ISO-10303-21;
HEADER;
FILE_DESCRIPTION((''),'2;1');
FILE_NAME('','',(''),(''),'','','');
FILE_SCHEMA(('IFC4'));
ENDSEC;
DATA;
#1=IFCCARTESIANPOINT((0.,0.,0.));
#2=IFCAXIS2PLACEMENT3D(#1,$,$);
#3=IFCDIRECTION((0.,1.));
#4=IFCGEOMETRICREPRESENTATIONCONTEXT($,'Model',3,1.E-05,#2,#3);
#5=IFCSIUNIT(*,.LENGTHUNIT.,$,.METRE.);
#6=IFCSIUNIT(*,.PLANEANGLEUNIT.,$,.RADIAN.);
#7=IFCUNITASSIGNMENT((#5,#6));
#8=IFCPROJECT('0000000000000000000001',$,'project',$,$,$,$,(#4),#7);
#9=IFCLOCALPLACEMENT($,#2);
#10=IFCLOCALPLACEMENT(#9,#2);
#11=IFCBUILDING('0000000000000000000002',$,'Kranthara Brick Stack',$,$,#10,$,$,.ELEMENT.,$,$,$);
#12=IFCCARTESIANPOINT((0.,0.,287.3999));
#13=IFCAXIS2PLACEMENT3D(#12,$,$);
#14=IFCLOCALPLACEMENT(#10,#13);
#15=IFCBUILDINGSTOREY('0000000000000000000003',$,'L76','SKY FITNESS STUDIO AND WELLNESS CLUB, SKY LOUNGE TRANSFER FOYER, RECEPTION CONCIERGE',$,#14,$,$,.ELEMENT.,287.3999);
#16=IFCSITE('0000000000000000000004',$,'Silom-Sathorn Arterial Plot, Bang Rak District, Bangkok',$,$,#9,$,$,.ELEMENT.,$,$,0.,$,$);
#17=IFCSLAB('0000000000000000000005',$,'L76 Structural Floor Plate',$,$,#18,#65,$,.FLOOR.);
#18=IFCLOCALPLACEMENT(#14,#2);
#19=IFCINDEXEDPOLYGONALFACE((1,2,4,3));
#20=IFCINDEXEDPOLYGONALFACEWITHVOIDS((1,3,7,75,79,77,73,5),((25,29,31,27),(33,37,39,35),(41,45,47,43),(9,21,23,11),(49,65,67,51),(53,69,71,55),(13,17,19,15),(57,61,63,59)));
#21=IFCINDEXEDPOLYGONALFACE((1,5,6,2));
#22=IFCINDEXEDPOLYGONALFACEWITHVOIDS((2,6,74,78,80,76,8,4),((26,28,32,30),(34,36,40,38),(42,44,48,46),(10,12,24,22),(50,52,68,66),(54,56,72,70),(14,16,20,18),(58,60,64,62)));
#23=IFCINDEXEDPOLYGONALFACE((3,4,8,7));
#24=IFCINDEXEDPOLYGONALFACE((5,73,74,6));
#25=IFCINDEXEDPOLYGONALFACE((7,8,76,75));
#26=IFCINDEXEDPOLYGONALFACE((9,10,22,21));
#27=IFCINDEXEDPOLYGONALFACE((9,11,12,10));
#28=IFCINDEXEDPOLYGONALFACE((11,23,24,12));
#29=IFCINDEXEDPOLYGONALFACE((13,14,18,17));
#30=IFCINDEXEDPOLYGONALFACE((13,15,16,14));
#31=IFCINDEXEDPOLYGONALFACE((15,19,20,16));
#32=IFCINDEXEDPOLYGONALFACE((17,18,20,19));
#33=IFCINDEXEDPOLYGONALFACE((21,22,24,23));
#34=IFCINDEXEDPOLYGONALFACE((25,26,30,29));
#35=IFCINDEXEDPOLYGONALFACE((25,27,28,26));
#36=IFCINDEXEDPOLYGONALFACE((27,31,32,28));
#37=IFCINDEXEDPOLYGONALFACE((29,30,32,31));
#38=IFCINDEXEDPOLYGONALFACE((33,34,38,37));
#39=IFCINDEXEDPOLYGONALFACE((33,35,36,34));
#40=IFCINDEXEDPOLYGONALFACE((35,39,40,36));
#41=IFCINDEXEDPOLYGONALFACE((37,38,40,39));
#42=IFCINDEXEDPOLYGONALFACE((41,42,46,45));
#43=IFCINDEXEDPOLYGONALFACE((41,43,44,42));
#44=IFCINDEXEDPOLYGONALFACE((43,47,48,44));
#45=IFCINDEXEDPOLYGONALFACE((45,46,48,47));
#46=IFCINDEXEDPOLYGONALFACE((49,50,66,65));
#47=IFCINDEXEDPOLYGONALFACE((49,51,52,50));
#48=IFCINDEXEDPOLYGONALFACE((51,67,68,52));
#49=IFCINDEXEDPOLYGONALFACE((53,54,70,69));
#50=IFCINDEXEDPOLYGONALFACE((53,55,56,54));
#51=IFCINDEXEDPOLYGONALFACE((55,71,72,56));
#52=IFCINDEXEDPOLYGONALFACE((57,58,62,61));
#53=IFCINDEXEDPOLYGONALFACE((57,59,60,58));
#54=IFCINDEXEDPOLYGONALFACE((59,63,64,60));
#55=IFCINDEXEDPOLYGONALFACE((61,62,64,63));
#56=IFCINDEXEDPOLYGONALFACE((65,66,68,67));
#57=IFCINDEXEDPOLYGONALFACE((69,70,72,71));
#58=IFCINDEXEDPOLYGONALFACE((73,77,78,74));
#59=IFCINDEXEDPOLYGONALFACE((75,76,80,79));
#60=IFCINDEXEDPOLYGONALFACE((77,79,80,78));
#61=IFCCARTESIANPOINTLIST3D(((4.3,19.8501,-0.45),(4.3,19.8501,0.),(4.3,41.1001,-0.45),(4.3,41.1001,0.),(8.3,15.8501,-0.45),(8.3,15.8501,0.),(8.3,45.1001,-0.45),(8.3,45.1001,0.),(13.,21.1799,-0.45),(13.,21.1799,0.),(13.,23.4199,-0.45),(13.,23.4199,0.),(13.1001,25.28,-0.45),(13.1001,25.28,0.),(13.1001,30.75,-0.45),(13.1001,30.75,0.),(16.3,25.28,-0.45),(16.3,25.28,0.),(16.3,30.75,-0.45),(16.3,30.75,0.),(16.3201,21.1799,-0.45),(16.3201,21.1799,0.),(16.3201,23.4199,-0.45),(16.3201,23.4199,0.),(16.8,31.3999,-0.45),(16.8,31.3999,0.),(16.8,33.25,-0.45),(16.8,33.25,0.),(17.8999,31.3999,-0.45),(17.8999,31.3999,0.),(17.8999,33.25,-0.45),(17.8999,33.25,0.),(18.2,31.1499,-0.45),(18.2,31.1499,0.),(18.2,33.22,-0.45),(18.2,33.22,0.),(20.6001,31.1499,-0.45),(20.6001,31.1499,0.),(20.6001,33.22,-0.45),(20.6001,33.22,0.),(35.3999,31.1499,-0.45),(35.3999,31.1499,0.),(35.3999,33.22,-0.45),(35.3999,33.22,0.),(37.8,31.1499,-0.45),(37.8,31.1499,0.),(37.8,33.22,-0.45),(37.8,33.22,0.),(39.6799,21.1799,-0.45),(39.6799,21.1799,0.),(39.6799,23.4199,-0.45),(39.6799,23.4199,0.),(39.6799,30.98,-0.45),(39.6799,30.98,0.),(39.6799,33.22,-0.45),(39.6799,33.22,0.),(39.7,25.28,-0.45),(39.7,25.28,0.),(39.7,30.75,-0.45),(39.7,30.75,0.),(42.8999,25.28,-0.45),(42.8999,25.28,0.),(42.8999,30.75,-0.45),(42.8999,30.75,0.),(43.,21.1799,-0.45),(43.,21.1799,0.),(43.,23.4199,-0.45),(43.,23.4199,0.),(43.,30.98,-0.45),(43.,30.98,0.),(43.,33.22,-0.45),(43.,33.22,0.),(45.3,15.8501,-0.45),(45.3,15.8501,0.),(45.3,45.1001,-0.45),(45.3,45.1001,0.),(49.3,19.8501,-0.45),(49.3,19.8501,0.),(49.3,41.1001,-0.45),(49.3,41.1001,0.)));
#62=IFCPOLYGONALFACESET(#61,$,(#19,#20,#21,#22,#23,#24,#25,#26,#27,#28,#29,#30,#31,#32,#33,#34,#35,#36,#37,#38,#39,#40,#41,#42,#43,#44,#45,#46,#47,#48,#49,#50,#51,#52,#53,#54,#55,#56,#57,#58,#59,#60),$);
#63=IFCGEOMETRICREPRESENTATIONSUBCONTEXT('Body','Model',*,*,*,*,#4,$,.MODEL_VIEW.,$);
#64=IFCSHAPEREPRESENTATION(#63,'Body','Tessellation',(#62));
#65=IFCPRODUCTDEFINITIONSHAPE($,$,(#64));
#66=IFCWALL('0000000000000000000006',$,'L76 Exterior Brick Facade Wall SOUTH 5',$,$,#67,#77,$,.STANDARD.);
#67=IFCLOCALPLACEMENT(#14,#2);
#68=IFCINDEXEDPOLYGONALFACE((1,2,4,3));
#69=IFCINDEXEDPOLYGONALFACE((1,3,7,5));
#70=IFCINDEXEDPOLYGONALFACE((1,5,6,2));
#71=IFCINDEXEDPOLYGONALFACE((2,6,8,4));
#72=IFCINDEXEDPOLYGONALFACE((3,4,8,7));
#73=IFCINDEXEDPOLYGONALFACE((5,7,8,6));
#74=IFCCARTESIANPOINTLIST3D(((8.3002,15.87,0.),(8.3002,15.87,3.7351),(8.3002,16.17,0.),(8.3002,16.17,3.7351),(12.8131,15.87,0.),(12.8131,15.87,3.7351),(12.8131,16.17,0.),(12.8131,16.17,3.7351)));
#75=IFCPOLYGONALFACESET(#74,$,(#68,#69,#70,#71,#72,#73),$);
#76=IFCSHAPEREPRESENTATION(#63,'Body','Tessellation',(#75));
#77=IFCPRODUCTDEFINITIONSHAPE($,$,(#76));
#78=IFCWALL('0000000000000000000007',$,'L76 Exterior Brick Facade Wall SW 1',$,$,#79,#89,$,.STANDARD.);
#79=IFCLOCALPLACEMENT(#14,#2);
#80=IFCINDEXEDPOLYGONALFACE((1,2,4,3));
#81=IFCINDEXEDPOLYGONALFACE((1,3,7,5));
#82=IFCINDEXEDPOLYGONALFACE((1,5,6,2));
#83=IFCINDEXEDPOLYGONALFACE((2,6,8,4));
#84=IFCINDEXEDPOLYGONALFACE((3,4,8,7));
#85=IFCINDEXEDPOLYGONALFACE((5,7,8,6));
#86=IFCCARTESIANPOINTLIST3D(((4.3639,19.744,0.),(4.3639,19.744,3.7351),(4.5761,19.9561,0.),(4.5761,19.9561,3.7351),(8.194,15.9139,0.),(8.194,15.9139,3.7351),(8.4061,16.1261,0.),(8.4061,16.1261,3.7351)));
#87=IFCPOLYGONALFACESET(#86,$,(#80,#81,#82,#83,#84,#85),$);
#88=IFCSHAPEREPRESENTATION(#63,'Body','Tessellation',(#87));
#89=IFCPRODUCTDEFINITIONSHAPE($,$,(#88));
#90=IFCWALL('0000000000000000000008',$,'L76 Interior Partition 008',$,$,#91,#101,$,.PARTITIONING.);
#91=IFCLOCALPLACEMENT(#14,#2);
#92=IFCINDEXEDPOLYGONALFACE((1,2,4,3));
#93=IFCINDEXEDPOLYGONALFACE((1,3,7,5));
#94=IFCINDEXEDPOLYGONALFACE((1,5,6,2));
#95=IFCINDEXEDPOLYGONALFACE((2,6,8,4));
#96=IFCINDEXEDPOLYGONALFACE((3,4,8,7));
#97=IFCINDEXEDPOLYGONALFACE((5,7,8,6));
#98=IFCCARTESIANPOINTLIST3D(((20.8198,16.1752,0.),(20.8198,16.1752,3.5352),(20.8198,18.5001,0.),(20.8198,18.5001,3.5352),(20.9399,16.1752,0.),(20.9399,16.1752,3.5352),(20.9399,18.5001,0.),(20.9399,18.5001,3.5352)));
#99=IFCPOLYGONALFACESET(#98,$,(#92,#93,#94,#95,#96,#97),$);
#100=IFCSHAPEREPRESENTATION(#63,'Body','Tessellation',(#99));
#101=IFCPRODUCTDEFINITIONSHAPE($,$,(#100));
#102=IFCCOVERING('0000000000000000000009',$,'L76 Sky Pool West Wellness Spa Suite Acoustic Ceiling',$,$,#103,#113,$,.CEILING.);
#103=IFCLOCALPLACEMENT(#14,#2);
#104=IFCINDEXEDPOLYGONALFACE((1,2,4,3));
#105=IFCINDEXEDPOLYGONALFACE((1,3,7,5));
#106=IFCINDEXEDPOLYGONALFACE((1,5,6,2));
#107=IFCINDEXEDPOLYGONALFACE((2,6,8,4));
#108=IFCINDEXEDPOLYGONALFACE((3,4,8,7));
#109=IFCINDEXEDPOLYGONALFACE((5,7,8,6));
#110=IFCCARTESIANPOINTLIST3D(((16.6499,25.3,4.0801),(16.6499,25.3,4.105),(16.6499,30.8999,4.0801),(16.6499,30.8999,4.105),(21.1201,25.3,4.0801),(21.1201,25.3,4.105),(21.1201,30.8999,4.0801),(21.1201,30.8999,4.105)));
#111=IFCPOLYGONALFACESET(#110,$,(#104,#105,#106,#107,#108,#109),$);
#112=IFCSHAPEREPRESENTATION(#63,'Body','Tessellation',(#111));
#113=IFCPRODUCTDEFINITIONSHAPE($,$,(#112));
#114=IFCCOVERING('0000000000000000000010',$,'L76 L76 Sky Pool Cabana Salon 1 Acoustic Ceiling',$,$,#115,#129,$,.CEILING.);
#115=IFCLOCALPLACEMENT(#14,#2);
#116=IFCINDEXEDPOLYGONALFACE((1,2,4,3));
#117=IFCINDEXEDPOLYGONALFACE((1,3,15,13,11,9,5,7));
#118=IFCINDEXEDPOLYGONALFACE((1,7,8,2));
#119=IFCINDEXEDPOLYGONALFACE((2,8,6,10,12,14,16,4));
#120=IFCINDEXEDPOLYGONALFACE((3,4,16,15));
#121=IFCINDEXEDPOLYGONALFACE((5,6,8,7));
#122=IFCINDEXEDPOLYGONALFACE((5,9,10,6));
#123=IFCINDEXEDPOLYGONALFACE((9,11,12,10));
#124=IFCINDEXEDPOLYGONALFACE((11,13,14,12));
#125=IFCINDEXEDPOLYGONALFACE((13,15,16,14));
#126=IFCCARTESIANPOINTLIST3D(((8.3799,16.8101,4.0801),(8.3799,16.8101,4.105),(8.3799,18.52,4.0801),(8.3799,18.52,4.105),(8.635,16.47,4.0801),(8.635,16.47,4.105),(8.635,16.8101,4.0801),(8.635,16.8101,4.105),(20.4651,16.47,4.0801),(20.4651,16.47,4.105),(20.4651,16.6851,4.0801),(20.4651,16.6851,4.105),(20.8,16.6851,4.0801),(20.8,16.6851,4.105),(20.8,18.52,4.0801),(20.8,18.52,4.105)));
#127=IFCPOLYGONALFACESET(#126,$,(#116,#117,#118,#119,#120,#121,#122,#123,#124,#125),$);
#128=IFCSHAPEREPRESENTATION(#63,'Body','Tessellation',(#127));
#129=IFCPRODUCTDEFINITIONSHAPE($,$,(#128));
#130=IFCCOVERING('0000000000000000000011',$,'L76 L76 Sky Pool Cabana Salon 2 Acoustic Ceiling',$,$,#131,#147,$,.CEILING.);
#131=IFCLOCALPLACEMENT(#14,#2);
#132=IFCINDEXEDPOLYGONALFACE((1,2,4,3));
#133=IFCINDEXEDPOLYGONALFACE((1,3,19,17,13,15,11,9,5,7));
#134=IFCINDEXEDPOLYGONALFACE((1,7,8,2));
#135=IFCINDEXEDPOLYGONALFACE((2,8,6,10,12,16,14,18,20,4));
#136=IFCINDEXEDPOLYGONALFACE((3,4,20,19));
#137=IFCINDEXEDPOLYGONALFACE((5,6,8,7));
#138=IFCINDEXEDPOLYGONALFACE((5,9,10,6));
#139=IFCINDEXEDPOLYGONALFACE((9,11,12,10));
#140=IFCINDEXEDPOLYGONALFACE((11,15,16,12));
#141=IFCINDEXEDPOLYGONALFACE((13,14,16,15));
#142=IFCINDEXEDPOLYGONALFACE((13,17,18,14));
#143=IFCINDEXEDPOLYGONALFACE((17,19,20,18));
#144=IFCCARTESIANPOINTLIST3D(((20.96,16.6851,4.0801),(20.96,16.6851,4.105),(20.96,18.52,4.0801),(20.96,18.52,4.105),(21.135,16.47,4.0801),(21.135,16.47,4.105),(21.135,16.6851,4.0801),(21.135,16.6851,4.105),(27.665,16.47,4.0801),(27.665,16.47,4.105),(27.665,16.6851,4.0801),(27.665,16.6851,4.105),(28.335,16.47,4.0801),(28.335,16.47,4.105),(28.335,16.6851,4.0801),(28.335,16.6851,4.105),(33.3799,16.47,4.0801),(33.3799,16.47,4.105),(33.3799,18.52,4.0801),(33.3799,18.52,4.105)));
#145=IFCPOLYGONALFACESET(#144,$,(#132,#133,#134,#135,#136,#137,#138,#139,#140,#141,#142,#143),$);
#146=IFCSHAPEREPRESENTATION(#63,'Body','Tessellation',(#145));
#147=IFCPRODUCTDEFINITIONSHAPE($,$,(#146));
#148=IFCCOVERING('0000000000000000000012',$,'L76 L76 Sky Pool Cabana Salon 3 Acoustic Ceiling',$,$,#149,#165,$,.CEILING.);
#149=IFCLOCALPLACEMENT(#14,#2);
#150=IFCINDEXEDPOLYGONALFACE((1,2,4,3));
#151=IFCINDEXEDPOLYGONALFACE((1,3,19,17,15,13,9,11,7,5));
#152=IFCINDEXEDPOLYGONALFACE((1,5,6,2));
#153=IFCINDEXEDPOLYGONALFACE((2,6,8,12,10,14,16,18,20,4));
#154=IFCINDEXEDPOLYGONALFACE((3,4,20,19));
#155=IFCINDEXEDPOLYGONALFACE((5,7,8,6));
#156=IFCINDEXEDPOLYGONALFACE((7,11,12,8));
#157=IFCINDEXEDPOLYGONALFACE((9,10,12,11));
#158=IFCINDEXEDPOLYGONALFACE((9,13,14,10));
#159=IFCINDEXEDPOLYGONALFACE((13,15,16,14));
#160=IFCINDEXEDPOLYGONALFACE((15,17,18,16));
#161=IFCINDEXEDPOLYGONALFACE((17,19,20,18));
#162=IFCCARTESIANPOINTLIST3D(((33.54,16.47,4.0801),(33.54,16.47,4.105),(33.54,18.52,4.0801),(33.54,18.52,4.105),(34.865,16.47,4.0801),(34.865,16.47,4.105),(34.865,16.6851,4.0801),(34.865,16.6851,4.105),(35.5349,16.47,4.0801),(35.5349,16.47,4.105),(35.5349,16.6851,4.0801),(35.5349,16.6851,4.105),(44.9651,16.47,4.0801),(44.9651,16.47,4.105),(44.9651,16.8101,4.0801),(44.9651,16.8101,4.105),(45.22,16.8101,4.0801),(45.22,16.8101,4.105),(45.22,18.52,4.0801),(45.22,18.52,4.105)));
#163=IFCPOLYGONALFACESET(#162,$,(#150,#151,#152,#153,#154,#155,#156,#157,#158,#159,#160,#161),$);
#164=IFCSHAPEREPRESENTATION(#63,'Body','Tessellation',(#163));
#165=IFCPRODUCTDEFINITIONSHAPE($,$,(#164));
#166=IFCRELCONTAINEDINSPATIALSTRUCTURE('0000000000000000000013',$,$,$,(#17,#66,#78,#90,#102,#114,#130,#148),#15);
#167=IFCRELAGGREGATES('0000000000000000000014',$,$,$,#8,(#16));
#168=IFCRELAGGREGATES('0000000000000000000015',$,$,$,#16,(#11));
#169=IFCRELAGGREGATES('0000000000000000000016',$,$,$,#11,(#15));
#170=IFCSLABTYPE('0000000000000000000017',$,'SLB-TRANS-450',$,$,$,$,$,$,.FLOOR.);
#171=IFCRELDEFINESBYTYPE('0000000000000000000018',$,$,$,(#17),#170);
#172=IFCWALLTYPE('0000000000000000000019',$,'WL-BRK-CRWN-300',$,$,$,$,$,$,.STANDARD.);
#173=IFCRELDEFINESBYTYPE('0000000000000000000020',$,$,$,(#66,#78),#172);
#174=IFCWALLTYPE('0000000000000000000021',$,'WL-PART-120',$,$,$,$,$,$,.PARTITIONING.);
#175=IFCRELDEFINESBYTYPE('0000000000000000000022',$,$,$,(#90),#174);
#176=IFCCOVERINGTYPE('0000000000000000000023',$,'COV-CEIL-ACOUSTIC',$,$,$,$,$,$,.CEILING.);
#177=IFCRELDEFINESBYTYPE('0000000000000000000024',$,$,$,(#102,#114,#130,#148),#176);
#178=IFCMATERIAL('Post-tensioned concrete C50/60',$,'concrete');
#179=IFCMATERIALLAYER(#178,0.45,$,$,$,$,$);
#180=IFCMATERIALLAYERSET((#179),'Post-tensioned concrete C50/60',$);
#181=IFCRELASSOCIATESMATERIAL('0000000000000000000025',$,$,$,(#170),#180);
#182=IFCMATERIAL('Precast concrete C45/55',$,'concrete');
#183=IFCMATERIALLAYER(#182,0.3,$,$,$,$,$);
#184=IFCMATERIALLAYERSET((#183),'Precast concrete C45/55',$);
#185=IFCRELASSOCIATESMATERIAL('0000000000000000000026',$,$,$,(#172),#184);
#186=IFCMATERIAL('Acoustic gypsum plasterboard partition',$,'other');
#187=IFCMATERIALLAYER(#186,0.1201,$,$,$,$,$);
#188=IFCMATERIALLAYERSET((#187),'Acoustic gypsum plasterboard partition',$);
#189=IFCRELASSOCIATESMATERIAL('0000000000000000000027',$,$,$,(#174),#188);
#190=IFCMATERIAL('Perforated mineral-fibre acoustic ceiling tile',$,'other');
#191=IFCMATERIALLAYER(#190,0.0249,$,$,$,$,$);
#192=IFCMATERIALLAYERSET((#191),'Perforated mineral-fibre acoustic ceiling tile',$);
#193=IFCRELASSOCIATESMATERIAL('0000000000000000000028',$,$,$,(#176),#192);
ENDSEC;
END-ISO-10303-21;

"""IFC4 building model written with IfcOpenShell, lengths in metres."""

from ifc_helpers import new_model, si_unit, direction, frame, frame_2d, origin, place, context, subcontext, project, spatial, polyline, rectangle, outline, extrude, material, layer, layer_set, type_object, element, save


model = new_model("IFC4")

# Units and contexts
model_context = context("Model", 3, precision=1e-05, world=origin(), true_north=direction((0.0, 1.0)))
body_context = subcontext(model_context, "Body", "Model", "MODEL_VIEW")
ifc_project = project(units=[si_unit("LENGTHUNIT", "METRE"), si_unit("PLANEANGLEUNIT", "RADIAN")], contexts=[model_context])

# Site, building, storey
site_placement = place(None, origin())
site = spatial("IfcSite", under=ifc_project, at=site_placement, Name="Silom-Sathorn Arterial Plot, Bang Rak District, Bangkok", CompositionType="ELEMENT", RefElevation=0.0)
building_placement = place(site_placement, origin())
building = spatial("IfcBuilding", under=site, at=building_placement, Name="Kranthara Brick Stack", CompositionType="ELEMENT")
storey_placement = place(building_placement, frame((0.0, 0.0, 287.3999)))
storey = spatial("IfcBuildingStorey", under=building, at=storey_placement, Name="L76", Description="SKY FITNESS STUDIO AND WELLNESS CLUB, SKY LOUNGE TRANSFER FOYER, RECEPTION CONCIERGE", CompositionType="ELEMENT", Elevation=287.3999)

# Slab
ifc_material_1 = material(Name="Post-tensioned concrete C50/60", Category="concrete")
ifc_layer_1 = layer(ifc_material_1, 0.45)
ifc_layer_set_1 = layer_set([ifc_layer_1], Name="Post-tensioned concrete C50/60")
slab_type_1 = type_object("IfcSlabType", Name="SLB-TRANS-450", PredefinedType="FLOOR", material=ifc_layer_set_1)
slab_1_placement = place(storey_placement, frame((0.0, 0.0, -0.45)))
element("IfcSlab", 1, at=slab_1_placement, inside=storey, type_object=slab_type_1, Name="L76 Structural Floor Plate", PredefinedType="FLOOR", context=body_context, shape_type="SweptSolid", body=[
    extrude(outline(polyline([(8.3, 15.8501), (45.3, 15.8501), (49.3, 19.8501), (49.3, 41.1001), (45.3, 45.1001), (8.3, 45.1001), (4.3, 41.1001), (4.3, 19.8501), (8.3, 15.8501)]), holes=[polyline([(13.1001, 25.28), (16.3, 25.28), (16.3, 30.75), (13.1001, 30.75), (13.1001, 25.28)]), polyline([(39.7, 25.28), (42.8999, 25.28), (42.8999, 30.75), (39.7, 30.75), (39.7, 25.28)]), polyline([(13.0, 21.1799), (16.3201, 21.1799), (16.3201, 23.4199), (13.0, 23.4199), (13.0, 21.1799)]), polyline([(39.6799, 21.1799), (43.0, 21.1799), (43.0, 23.4199), (39.6799, 23.4199), (39.6799, 21.1799)]), polyline([(39.6799, 30.98), (43.0, 30.98), (43.0, 33.22), (39.6799, 33.22), (39.6799, 30.98)]), polyline([(18.2, 31.1499), (20.6001, 31.1499), (20.6001, 33.22), (18.2, 33.22), (18.2, 31.1499)]), polyline([(35.3999, 31.1499), (37.8, 31.1499), (37.8, 33.22), (35.3999, 33.22), (35.3999, 31.1499)]), polyline([(16.8, 31.3999), (17.8999, 31.3999), (17.8999, 33.25), (16.8, 33.25), (16.8, 31.3999)])]), origin(), (0.0, 0.0, 1.0), 0.45),
])

# Walls
ifc_material_2 = material(Name="Precast concrete C45/55", Category="concrete")
ifc_layer_2 = layer(ifc_material_2, 0.3)
ifc_layer_set_2 = layer_set([ifc_layer_2], Name="Precast concrete C45/55")
wall_type_1 = type_object("IfcWallType", Name="WL-BRK-CRWN-300", PredefinedType="STANDARD", material=ifc_layer_set_2)
wall_1_placement = place(storey_placement, frame((12.813, 16.02, 0.0), z_axis=(0.0, 0.0, 1.0), x_axis=(-1.0, 0.0, 0.0)))
element("IfcWall", 2, at=wall_1_placement, inside=storey, type_object=wall_type_1, Name="L76 Exterior Brick Facade Wall SOUTH 5", PredefinedType="STANDARD", context=body_context, shape_type="SweptSolid", body=[
    extrude(rectangle(XDim=4.5129, YDim=0.3, at=frame_2d((2.2563, 0.0))), origin(), (0.0, 0.0, 1.0), 3.7351),
])
wall_2_placement = place(storey_placement, frame((8.3, 16.02, 0.0), z_axis=(0.0, 0.0, 1.0), x_axis=(-0.707107, 0.707107, 0.0)))
element("IfcWall", 3, at=wall_2_placement, inside=storey, type_object=wall_type_1, Name="L76 Exterior Brick Facade Wall SW 1", PredefinedType="STANDARD", context=body_context, shape_type="SweptSolid", body=[
    extrude(rectangle(XDim=5.4165, YDim=0.3, at=frame_2d((2.7083, 0.0))), origin(), (0.0, 0.0, 1.0), 3.7351),
])
ifc_material_3 = material(Name="Acoustic gypsum plasterboard partition", Category="other")
ifc_layer_3 = layer(ifc_material_3, 0.1201)
ifc_layer_set_3 = layer_set([ifc_layer_3], Name="Acoustic gypsum plasterboard partition")
wall_type_2 = type_object("IfcWallType", Name="WL-PART-120", PredefinedType="PARTITIONING", material=ifc_layer_set_3)
wall_3_placement = place(storey_placement, frame((20.8799, 16.175, 0.0), z_axis=(0.0, 0.0, 1.0), x_axis=(0.0, 1.0, 0.0)))
element("IfcWall", 4, at=wall_3_placement, inside=storey, type_object=wall_type_2, Name="L76 Interior Partition 008", PredefinedType="PARTITIONING", context=body_context, shape_type="SweptSolid", body=[
    extrude(rectangle(XDim=2.325, YDim=0.1201, at=frame_2d((1.1626, 0.0))), origin(), (0.0, 0.0, 1.0), 3.5352),
])

# Coverings
ifc_material_4 = material(Name="Perforated mineral-fibre acoustic ceiling tile", Category="other")
ifc_layer_4 = layer(ifc_material_4, 0.0249)
ifc_layer_set_4 = layer_set([ifc_layer_4], Name="Perforated mineral-fibre acoustic ceiling tile")
covering_type_1 = type_object("IfcCoveringType", Name="COV-CEIL-ACOUSTIC", PredefinedType="CEILING", material=ifc_layer_set_4)
covering_1_placement = place(storey_placement, frame((0.0, 0.0, 4.0801)))
element("IfcCovering", 5, at=covering_1_placement, inside=storey, type_object=covering_type_1, Name="L76 Sky Pool West Wellness Spa Suite Acoustic Ceiling", PredefinedType="CEILING", context=body_context, shape_type="SweptSolid", body=[
    extrude(outline(polyline([(21.1201, 25.3), (21.1201, 30.8999), (16.6499, 30.8999), (16.6499, 25.3), (21.1201, 25.3)])), origin(), (0.0, 0.0, 1.0), 0.0249),
])
covering_2_placement = place(storey_placement, frame((0.0, 0.0, 4.0801)))
element("IfcCovering", 6, at=covering_2_placement, inside=storey, type_object=covering_type_1, Name="L76 L76 Sky Pool Cabana Salon 1 Acoustic Ceiling", PredefinedType="CEILING", context=body_context, shape_type="SweptSolid", body=[
    extrude(outline(polyline([(20.8, 18.52), (20.8, 16.6851), (20.4651, 16.6851), (20.4651, 16.47), (8.635, 16.47), (8.635, 16.8101), (8.3799, 16.8101), (8.3799, 18.52), (20.8, 18.52)])), origin(), (0.0, 0.0, 1.0), 0.0249),
])
covering_3_placement = place(storey_placement, frame((0.0, 0.0, 4.0801)))
element("IfcCovering", 7, at=covering_3_placement, inside=storey, type_object=covering_type_1, Name="L76 L76 Sky Pool Cabana Salon 2 Acoustic Ceiling", PredefinedType="CEILING", context=body_context, shape_type="SweptSolid", body=[
    extrude(outline(polyline([(33.3799, 18.52), (33.3799, 16.47), (28.335, 16.47), (28.335, 16.6851), (27.665, 16.6851), (27.665, 16.47), (21.135, 16.47), (21.135, 16.6851), (20.96, 16.6851), (20.96, 18.52), (33.3799, 18.52)])), origin(), (0.0, 0.0, 1.0), 0.0249),
])
covering_4_placement = place(storey_placement, frame((0.0, 0.0, 4.0801)))
element("IfcCovering", 8, at=covering_4_placement, inside=storey, type_object=covering_type_1, Name="L76 L76 Sky Pool Cabana Salon 3 Acoustic Ceiling", PredefinedType="CEILING", context=body_context, shape_type="SweptSolid", body=[
    extrude(outline(polyline([(33.54, 18.52), (45.22, 18.52), (45.22, 16.8101), (44.9651, 16.8101), (44.9651, 16.47), (35.5349, 16.47), (35.5349, 16.6851), (34.865, 16.6851), (34.865, 16.47), (33.54, 16.47), (33.54, 18.52)])), origin(), (0.0, 0.0, 1.0), 0.0249),
])

save(model, "model.ifc")
